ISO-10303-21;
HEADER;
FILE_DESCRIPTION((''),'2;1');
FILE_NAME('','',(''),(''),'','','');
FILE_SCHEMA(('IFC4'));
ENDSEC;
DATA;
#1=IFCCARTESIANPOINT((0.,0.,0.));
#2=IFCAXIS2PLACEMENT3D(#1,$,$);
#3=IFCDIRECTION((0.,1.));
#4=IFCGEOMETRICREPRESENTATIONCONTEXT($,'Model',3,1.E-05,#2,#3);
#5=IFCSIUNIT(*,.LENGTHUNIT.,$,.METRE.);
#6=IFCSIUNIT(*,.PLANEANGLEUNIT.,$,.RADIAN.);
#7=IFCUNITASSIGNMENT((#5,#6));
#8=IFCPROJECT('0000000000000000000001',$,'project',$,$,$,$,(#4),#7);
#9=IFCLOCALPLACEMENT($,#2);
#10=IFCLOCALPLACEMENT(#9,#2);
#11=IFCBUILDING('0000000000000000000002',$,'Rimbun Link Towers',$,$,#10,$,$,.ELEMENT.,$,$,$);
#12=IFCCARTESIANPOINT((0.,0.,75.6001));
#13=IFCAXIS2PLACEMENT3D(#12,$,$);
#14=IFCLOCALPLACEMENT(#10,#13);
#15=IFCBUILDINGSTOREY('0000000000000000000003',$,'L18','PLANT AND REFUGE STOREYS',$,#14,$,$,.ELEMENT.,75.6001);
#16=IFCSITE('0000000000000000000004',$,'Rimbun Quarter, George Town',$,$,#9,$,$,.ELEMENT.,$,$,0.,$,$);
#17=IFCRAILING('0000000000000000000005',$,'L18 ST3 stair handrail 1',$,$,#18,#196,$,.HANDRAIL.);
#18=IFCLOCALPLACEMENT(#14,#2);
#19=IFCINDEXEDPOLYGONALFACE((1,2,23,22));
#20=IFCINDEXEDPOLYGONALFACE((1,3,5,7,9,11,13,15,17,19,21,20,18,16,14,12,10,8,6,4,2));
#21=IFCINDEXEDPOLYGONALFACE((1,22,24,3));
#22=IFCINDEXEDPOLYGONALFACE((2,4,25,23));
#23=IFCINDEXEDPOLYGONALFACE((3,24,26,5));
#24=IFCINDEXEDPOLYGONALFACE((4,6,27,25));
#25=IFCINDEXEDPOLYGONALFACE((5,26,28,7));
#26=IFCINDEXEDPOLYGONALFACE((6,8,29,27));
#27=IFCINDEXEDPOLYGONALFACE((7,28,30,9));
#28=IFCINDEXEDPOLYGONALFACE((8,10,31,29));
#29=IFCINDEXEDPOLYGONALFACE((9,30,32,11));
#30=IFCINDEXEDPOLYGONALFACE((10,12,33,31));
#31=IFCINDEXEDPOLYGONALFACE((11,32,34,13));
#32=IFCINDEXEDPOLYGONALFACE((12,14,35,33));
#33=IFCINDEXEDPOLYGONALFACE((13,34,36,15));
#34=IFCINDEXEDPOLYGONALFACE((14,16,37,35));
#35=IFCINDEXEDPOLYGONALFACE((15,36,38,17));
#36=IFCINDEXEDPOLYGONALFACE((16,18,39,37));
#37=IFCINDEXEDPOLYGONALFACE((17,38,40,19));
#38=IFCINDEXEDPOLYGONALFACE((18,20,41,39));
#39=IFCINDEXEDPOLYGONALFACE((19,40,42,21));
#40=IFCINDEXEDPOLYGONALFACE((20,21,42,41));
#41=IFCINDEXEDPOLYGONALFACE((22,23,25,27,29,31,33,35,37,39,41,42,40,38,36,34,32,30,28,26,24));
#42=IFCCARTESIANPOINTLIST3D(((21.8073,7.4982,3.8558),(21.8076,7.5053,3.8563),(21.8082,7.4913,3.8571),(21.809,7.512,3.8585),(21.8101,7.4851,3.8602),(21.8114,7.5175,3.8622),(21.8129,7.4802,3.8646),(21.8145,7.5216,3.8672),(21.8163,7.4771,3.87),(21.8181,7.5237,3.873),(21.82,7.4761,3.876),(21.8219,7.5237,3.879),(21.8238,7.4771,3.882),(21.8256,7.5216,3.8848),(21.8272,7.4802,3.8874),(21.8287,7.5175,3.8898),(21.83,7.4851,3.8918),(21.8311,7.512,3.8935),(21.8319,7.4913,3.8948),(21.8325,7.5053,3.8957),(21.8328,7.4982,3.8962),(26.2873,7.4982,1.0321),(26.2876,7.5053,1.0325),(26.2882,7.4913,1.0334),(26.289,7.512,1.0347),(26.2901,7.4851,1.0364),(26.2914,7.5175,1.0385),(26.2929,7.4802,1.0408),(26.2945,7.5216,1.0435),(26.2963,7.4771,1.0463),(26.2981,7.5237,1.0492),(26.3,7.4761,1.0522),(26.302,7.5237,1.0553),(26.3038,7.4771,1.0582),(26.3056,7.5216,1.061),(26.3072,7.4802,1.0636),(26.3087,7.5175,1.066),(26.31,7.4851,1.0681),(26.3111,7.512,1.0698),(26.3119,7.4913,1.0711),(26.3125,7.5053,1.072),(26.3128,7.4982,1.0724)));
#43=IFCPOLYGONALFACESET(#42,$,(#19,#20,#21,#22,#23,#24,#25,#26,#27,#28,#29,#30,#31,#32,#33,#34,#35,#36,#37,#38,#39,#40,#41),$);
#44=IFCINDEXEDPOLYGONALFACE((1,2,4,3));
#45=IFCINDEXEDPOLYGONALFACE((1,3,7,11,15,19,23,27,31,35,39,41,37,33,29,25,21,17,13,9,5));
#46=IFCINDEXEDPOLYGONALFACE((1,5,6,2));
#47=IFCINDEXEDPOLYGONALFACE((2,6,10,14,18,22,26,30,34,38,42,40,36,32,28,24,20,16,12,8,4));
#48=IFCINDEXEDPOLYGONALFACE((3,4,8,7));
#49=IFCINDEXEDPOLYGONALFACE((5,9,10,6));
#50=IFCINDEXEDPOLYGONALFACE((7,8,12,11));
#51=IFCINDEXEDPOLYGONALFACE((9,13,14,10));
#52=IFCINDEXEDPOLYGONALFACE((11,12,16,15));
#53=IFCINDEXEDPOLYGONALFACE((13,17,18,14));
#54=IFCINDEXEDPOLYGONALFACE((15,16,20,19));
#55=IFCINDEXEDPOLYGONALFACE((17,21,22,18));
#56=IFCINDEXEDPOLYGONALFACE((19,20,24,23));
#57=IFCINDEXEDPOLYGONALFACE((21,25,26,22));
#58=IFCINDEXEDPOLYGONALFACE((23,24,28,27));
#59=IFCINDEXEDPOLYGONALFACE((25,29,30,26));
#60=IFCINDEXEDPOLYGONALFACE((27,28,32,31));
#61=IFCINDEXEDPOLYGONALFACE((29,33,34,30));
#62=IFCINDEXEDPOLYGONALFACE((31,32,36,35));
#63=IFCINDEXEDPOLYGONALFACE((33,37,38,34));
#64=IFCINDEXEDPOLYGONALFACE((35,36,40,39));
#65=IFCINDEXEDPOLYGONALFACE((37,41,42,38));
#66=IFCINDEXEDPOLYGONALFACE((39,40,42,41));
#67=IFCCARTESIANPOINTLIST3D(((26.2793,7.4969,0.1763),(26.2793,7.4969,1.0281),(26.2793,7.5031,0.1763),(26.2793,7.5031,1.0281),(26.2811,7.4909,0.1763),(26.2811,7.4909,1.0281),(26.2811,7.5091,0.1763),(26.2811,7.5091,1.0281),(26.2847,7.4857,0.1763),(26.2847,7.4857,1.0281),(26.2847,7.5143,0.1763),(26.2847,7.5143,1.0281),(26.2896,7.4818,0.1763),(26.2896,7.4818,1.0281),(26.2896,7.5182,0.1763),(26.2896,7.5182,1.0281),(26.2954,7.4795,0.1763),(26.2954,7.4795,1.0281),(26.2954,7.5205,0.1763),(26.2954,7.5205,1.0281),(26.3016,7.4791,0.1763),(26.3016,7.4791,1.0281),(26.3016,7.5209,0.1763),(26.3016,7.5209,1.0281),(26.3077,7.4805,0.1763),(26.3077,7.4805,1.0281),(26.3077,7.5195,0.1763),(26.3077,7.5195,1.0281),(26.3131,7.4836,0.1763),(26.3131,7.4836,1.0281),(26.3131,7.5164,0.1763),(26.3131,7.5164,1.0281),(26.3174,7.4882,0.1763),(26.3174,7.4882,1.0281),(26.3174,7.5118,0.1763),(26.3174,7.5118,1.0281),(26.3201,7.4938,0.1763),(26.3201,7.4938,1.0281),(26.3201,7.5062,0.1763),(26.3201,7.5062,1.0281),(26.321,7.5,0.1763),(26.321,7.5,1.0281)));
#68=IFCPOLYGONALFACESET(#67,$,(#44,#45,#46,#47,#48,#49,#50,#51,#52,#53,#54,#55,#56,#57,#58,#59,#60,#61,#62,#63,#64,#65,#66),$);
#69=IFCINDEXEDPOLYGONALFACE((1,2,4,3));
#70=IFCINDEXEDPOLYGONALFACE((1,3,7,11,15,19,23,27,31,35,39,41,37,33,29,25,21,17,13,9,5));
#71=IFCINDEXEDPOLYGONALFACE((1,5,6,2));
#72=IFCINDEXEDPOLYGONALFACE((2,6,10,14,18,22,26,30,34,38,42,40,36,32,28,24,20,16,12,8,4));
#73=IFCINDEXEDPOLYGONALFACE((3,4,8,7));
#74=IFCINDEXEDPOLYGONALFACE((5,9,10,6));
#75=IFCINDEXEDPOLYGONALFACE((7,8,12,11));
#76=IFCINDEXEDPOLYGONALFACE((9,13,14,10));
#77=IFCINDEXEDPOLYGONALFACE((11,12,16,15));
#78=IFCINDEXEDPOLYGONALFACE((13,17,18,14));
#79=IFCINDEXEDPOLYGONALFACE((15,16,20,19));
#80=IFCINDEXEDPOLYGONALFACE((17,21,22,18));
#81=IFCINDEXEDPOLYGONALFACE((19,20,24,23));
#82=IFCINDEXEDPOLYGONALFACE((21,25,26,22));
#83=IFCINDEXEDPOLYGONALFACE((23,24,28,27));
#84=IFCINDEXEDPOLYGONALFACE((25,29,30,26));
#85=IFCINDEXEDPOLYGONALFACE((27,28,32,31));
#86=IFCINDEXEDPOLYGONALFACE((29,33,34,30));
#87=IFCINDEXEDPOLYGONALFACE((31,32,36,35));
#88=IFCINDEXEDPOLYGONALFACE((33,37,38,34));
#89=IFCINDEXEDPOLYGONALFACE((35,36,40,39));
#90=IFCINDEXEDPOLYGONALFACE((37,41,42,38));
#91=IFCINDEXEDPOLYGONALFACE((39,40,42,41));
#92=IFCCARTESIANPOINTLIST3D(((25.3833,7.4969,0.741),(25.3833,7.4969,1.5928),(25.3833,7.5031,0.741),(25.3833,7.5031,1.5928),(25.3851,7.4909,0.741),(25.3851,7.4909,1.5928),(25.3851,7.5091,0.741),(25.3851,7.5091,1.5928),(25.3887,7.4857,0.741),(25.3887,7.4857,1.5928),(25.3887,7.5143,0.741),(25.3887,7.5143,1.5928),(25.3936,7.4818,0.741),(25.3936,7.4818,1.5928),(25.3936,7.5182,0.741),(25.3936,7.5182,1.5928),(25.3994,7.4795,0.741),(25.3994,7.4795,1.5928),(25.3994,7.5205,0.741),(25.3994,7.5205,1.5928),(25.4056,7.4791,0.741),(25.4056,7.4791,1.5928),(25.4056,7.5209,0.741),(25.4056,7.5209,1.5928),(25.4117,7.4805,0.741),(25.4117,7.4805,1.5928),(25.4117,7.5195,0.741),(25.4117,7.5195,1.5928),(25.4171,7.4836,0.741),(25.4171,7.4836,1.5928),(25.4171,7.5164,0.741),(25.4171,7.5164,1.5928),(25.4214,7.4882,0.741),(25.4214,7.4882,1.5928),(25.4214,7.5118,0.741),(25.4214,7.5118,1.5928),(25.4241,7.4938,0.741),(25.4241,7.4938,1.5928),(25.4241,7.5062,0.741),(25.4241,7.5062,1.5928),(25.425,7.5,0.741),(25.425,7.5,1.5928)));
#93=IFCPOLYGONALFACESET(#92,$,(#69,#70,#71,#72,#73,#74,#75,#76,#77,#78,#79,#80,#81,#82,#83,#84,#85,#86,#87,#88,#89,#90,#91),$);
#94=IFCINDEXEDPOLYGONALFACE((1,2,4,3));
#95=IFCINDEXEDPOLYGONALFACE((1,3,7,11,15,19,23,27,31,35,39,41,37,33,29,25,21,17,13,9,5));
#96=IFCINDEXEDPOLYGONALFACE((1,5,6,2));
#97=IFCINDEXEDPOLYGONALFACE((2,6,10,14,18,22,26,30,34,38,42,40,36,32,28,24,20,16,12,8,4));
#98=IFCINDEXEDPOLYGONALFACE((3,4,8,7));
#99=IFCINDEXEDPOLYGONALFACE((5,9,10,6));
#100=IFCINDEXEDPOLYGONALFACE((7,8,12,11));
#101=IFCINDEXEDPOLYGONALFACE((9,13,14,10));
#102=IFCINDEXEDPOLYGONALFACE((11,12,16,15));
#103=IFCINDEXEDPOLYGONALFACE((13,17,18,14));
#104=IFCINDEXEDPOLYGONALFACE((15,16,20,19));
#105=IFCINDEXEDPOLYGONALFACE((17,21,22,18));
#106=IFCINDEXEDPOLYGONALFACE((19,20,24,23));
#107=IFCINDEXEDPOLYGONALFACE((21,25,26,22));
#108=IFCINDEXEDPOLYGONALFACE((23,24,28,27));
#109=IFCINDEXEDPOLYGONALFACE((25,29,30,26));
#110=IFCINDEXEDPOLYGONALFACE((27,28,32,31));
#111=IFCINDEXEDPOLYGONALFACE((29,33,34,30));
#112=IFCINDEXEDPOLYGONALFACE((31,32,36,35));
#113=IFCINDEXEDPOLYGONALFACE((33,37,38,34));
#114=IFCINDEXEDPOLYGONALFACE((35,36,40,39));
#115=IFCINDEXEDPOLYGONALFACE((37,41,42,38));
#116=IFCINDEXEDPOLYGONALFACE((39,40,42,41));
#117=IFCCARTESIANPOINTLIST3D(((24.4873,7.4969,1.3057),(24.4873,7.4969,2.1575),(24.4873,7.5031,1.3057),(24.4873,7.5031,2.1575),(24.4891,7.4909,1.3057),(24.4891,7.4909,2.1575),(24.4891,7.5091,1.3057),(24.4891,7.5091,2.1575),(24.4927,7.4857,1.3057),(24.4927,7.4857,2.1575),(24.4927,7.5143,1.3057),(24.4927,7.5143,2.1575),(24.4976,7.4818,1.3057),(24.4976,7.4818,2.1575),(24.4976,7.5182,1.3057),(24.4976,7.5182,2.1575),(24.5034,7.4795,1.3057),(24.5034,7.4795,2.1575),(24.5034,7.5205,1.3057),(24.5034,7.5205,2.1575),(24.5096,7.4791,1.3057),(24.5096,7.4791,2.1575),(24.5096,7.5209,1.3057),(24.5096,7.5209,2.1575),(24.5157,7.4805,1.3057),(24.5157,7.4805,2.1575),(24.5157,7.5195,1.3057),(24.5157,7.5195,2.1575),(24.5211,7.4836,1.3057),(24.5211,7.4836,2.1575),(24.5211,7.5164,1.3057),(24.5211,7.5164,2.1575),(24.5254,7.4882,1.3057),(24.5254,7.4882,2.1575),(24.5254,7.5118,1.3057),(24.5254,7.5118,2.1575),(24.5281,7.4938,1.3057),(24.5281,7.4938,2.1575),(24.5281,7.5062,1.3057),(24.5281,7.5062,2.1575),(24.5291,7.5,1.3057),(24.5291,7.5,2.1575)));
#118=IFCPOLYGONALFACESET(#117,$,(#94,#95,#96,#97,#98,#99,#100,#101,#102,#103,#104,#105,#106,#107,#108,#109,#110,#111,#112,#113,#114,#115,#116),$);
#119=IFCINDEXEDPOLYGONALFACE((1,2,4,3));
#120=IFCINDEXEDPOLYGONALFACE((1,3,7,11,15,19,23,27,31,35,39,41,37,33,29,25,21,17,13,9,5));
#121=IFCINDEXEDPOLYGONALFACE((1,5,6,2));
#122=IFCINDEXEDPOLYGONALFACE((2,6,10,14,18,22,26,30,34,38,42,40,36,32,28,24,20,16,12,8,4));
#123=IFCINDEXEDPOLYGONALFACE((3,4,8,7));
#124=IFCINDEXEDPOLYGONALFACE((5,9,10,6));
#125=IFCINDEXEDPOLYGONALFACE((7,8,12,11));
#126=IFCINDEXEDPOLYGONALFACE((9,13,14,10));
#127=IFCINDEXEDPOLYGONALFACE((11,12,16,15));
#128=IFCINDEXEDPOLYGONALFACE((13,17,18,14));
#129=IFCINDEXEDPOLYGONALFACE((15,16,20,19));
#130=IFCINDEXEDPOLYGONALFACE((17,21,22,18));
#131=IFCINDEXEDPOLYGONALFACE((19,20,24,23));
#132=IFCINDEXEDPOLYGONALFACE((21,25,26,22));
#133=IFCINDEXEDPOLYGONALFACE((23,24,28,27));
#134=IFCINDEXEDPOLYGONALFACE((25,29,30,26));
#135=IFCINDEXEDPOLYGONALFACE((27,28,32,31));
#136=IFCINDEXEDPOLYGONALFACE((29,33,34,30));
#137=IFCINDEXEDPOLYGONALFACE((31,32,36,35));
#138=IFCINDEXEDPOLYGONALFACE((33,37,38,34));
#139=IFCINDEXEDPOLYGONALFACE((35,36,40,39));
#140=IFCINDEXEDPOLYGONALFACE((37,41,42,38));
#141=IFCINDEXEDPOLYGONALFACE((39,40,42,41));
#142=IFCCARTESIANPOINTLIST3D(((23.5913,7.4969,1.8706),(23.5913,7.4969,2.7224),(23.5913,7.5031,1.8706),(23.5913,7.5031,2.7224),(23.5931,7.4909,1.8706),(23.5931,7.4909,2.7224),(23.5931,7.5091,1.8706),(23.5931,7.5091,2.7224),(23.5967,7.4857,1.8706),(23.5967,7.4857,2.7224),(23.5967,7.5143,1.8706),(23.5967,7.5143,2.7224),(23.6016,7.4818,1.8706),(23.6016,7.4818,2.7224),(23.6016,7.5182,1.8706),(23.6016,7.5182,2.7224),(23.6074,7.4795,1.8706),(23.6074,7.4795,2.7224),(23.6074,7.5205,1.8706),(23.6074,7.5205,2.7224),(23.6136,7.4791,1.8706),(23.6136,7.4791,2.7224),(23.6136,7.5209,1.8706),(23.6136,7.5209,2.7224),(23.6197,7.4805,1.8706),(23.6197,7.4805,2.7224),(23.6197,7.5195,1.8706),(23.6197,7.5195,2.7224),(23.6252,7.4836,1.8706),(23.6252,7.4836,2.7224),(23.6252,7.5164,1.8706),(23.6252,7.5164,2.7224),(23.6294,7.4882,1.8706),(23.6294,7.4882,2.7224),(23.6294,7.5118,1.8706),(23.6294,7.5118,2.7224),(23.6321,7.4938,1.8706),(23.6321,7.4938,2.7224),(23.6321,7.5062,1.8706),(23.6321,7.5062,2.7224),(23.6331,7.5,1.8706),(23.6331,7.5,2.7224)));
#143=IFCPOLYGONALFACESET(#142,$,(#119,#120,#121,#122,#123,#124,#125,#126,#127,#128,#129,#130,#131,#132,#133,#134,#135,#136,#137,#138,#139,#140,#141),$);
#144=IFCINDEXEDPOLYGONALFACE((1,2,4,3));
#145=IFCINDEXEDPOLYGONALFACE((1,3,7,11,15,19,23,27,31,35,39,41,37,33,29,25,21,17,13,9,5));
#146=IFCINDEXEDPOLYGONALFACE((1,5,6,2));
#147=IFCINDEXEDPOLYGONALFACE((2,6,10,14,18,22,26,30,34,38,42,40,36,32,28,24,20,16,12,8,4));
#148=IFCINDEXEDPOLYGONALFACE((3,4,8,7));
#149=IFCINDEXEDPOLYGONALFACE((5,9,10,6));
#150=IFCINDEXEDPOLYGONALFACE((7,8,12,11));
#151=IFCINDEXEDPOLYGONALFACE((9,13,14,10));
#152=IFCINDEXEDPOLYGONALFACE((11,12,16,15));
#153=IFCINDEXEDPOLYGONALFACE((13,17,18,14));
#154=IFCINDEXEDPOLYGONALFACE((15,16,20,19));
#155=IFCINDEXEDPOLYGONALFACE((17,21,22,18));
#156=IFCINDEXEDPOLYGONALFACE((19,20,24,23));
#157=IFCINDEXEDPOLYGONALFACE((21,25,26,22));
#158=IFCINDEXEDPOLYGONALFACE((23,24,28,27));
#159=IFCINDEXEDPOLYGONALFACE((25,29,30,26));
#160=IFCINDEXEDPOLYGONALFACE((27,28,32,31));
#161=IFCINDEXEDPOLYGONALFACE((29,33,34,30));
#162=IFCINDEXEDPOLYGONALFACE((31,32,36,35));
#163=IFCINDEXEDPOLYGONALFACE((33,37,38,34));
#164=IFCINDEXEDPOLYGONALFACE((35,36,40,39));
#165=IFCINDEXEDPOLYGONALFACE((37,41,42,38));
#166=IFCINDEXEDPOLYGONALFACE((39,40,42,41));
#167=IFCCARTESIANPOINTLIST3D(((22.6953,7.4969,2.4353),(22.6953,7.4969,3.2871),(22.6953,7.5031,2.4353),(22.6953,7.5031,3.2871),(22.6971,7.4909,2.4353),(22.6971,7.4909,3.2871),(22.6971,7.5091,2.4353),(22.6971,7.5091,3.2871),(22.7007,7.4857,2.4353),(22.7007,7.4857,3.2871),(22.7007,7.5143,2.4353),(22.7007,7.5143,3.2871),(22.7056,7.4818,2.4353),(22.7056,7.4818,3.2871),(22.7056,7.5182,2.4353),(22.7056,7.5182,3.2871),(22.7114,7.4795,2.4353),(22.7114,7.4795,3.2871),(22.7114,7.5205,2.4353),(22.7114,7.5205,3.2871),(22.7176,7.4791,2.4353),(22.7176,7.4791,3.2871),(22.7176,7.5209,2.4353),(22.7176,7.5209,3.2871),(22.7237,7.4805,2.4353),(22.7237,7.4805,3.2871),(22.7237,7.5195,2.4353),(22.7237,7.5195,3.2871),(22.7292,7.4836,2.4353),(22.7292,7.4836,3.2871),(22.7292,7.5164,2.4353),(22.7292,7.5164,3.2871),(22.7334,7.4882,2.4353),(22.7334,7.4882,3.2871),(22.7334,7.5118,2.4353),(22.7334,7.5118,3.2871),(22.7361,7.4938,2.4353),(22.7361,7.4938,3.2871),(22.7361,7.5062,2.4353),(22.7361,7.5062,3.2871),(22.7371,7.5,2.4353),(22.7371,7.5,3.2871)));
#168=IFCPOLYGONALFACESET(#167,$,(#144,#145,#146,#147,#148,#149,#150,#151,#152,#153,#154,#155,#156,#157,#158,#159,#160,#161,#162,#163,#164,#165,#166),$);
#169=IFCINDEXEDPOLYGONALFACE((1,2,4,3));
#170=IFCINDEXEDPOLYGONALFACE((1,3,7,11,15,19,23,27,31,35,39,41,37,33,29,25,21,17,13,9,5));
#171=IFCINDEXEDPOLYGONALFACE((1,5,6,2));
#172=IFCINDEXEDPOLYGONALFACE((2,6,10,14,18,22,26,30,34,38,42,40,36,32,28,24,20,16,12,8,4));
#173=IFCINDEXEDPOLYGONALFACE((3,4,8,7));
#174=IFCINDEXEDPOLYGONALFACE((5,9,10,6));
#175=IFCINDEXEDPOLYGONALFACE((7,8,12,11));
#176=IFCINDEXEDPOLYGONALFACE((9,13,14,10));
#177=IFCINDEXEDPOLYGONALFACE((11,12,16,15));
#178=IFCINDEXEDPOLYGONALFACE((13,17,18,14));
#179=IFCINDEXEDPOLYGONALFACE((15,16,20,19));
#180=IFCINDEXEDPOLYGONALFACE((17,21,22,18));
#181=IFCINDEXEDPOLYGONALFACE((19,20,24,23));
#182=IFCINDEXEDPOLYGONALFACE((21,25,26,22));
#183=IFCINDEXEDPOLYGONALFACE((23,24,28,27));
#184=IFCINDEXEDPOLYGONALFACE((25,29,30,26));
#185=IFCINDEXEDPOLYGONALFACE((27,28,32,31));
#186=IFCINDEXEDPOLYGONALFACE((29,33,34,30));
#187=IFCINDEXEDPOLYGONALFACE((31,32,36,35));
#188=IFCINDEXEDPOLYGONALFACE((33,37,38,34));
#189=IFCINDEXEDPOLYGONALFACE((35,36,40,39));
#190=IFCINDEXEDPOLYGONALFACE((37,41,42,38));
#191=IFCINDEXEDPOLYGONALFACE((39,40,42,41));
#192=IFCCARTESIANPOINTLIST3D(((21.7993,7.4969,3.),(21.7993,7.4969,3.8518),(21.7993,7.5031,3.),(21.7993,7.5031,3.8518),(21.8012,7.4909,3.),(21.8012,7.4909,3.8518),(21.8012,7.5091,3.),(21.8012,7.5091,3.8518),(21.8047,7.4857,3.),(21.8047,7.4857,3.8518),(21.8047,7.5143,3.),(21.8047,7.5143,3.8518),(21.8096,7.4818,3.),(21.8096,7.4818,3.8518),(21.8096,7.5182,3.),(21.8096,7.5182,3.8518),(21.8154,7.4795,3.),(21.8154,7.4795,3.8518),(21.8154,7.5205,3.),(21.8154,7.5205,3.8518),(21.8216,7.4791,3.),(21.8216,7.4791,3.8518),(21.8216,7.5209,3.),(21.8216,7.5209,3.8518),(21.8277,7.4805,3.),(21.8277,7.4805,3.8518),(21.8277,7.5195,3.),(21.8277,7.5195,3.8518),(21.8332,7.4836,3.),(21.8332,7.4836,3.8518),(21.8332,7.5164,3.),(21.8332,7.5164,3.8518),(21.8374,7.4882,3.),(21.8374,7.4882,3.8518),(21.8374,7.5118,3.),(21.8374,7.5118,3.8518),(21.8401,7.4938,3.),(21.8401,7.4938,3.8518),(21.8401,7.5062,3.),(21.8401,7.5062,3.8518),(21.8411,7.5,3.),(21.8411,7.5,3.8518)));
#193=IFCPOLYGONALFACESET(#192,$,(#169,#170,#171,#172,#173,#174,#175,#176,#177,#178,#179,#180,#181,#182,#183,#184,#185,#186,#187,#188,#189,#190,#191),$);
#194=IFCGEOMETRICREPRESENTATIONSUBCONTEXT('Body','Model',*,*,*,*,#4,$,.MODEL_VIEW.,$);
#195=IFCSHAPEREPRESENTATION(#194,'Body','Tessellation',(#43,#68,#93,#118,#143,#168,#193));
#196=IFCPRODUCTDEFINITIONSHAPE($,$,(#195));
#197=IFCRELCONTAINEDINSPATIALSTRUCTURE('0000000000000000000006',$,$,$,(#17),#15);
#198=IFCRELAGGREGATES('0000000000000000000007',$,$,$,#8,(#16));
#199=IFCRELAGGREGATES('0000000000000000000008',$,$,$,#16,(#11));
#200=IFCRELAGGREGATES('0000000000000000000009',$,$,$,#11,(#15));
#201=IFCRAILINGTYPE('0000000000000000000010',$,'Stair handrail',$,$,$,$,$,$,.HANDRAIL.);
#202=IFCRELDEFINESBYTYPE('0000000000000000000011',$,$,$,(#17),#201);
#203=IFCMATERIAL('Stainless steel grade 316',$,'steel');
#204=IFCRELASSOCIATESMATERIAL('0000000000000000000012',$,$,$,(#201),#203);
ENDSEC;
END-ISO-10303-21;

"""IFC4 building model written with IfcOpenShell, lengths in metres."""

from ifc_helpers import new_model, si_unit, direction, frame, origin, origin_2d, place, context, subcontext, project, spatial, circle, extrude, material, type_object, element, save


model = new_model("IFC4")

# Units and contexts
model_context = context("Model", 3, precision=1e-05, world=origin(), true_north=direction((0.0, 1.0)))
body_context = subcontext(model_context, "Body", "Model", "MODEL_VIEW")
ifc_project = project(units=[si_unit("LENGTHUNIT", "METRE"), si_unit("PLANEANGLEUNIT", "RADIAN")], contexts=[model_context])

# Site, building, storey
site_placement = place(None, origin())
site = spatial("IfcSite", under=ifc_project, at=site_placement, Name="Rimbun Quarter, George Town", CompositionType="ELEMENT", RefElevation=0.0)
building_placement = place(site_placement, origin())
building = spatial("IfcBuilding", under=site, at=building_placement, Name="Rimbun Link Towers", CompositionType="ELEMENT")
storey_placement = place(building_placement, frame((0.0, 0.0, 75.6001)))
storey = spatial("IfcBuildingStorey", under=building, at=storey_placement, Name="L18", Description="PLANT AND REFUGE STOREYS", CompositionType="ELEMENT", Elevation=75.6001)

# Railing
ifc_material_1 = material(Name="Stainless steel grade 316", Category="steel")
railing_type_1 = type_object("IfcRailingType", Name="Stair handrail", PredefinedType="HANDRAIL", material=ifc_material_1)
railing_1_placement = place(storey_placement, frame((26.3, 7.5, 0.1763)))
element("IfcRailing", 1, at=railing_1_placement, inside=storey, type_object=railing_type_1, Name="L18 ST3 stair handrail 1", PredefinedType="HANDRAIL", context=body_context, shape_type="SweptSolid", body=[
    extrude(circle(Radius=0.0239, at=origin_2d()), frame((0.0, 0.0, 0.876), z_axis=(-0.845977, 0.0, 0.533219), x_axis=(0.0, -1.0, 0.0)), (0.0, 0.0, 1.0), 5.2957),
    extrude(circle(Radius=0.021, at=origin_2d()), origin(), (0.0, 0.0, 1.0), 0.8518),
    extrude(circle(Radius=0.021, at=origin_2d()), frame((-0.896, 0.0, 0.5647)), (0.0, 0.0, 1.0), 0.8518),
    extrude(circle(Radius=0.021, at=origin_2d()), frame((-1.792, 0.0, 1.1294)), (0.0, 0.0, 1.0), 0.8518),
    extrude(circle(Radius=0.021, at=origin_2d()), frame((-2.688, 0.0, 1.6943)), (0.0, 0.0, 1.0), 0.8518),
    extrude(circle(Radius=0.021, at=origin_2d()), frame((-3.584, 0.0, 2.259)), (0.0, 0.0, 1.0), 0.8518),
    extrude(circle(Radius=0.021, at=origin_2d()), frame((-4.48, 0.0, 2.8237)), (0.0, 0.0, 1.0), 0.8518),
])

save(model, "model.ifc")
